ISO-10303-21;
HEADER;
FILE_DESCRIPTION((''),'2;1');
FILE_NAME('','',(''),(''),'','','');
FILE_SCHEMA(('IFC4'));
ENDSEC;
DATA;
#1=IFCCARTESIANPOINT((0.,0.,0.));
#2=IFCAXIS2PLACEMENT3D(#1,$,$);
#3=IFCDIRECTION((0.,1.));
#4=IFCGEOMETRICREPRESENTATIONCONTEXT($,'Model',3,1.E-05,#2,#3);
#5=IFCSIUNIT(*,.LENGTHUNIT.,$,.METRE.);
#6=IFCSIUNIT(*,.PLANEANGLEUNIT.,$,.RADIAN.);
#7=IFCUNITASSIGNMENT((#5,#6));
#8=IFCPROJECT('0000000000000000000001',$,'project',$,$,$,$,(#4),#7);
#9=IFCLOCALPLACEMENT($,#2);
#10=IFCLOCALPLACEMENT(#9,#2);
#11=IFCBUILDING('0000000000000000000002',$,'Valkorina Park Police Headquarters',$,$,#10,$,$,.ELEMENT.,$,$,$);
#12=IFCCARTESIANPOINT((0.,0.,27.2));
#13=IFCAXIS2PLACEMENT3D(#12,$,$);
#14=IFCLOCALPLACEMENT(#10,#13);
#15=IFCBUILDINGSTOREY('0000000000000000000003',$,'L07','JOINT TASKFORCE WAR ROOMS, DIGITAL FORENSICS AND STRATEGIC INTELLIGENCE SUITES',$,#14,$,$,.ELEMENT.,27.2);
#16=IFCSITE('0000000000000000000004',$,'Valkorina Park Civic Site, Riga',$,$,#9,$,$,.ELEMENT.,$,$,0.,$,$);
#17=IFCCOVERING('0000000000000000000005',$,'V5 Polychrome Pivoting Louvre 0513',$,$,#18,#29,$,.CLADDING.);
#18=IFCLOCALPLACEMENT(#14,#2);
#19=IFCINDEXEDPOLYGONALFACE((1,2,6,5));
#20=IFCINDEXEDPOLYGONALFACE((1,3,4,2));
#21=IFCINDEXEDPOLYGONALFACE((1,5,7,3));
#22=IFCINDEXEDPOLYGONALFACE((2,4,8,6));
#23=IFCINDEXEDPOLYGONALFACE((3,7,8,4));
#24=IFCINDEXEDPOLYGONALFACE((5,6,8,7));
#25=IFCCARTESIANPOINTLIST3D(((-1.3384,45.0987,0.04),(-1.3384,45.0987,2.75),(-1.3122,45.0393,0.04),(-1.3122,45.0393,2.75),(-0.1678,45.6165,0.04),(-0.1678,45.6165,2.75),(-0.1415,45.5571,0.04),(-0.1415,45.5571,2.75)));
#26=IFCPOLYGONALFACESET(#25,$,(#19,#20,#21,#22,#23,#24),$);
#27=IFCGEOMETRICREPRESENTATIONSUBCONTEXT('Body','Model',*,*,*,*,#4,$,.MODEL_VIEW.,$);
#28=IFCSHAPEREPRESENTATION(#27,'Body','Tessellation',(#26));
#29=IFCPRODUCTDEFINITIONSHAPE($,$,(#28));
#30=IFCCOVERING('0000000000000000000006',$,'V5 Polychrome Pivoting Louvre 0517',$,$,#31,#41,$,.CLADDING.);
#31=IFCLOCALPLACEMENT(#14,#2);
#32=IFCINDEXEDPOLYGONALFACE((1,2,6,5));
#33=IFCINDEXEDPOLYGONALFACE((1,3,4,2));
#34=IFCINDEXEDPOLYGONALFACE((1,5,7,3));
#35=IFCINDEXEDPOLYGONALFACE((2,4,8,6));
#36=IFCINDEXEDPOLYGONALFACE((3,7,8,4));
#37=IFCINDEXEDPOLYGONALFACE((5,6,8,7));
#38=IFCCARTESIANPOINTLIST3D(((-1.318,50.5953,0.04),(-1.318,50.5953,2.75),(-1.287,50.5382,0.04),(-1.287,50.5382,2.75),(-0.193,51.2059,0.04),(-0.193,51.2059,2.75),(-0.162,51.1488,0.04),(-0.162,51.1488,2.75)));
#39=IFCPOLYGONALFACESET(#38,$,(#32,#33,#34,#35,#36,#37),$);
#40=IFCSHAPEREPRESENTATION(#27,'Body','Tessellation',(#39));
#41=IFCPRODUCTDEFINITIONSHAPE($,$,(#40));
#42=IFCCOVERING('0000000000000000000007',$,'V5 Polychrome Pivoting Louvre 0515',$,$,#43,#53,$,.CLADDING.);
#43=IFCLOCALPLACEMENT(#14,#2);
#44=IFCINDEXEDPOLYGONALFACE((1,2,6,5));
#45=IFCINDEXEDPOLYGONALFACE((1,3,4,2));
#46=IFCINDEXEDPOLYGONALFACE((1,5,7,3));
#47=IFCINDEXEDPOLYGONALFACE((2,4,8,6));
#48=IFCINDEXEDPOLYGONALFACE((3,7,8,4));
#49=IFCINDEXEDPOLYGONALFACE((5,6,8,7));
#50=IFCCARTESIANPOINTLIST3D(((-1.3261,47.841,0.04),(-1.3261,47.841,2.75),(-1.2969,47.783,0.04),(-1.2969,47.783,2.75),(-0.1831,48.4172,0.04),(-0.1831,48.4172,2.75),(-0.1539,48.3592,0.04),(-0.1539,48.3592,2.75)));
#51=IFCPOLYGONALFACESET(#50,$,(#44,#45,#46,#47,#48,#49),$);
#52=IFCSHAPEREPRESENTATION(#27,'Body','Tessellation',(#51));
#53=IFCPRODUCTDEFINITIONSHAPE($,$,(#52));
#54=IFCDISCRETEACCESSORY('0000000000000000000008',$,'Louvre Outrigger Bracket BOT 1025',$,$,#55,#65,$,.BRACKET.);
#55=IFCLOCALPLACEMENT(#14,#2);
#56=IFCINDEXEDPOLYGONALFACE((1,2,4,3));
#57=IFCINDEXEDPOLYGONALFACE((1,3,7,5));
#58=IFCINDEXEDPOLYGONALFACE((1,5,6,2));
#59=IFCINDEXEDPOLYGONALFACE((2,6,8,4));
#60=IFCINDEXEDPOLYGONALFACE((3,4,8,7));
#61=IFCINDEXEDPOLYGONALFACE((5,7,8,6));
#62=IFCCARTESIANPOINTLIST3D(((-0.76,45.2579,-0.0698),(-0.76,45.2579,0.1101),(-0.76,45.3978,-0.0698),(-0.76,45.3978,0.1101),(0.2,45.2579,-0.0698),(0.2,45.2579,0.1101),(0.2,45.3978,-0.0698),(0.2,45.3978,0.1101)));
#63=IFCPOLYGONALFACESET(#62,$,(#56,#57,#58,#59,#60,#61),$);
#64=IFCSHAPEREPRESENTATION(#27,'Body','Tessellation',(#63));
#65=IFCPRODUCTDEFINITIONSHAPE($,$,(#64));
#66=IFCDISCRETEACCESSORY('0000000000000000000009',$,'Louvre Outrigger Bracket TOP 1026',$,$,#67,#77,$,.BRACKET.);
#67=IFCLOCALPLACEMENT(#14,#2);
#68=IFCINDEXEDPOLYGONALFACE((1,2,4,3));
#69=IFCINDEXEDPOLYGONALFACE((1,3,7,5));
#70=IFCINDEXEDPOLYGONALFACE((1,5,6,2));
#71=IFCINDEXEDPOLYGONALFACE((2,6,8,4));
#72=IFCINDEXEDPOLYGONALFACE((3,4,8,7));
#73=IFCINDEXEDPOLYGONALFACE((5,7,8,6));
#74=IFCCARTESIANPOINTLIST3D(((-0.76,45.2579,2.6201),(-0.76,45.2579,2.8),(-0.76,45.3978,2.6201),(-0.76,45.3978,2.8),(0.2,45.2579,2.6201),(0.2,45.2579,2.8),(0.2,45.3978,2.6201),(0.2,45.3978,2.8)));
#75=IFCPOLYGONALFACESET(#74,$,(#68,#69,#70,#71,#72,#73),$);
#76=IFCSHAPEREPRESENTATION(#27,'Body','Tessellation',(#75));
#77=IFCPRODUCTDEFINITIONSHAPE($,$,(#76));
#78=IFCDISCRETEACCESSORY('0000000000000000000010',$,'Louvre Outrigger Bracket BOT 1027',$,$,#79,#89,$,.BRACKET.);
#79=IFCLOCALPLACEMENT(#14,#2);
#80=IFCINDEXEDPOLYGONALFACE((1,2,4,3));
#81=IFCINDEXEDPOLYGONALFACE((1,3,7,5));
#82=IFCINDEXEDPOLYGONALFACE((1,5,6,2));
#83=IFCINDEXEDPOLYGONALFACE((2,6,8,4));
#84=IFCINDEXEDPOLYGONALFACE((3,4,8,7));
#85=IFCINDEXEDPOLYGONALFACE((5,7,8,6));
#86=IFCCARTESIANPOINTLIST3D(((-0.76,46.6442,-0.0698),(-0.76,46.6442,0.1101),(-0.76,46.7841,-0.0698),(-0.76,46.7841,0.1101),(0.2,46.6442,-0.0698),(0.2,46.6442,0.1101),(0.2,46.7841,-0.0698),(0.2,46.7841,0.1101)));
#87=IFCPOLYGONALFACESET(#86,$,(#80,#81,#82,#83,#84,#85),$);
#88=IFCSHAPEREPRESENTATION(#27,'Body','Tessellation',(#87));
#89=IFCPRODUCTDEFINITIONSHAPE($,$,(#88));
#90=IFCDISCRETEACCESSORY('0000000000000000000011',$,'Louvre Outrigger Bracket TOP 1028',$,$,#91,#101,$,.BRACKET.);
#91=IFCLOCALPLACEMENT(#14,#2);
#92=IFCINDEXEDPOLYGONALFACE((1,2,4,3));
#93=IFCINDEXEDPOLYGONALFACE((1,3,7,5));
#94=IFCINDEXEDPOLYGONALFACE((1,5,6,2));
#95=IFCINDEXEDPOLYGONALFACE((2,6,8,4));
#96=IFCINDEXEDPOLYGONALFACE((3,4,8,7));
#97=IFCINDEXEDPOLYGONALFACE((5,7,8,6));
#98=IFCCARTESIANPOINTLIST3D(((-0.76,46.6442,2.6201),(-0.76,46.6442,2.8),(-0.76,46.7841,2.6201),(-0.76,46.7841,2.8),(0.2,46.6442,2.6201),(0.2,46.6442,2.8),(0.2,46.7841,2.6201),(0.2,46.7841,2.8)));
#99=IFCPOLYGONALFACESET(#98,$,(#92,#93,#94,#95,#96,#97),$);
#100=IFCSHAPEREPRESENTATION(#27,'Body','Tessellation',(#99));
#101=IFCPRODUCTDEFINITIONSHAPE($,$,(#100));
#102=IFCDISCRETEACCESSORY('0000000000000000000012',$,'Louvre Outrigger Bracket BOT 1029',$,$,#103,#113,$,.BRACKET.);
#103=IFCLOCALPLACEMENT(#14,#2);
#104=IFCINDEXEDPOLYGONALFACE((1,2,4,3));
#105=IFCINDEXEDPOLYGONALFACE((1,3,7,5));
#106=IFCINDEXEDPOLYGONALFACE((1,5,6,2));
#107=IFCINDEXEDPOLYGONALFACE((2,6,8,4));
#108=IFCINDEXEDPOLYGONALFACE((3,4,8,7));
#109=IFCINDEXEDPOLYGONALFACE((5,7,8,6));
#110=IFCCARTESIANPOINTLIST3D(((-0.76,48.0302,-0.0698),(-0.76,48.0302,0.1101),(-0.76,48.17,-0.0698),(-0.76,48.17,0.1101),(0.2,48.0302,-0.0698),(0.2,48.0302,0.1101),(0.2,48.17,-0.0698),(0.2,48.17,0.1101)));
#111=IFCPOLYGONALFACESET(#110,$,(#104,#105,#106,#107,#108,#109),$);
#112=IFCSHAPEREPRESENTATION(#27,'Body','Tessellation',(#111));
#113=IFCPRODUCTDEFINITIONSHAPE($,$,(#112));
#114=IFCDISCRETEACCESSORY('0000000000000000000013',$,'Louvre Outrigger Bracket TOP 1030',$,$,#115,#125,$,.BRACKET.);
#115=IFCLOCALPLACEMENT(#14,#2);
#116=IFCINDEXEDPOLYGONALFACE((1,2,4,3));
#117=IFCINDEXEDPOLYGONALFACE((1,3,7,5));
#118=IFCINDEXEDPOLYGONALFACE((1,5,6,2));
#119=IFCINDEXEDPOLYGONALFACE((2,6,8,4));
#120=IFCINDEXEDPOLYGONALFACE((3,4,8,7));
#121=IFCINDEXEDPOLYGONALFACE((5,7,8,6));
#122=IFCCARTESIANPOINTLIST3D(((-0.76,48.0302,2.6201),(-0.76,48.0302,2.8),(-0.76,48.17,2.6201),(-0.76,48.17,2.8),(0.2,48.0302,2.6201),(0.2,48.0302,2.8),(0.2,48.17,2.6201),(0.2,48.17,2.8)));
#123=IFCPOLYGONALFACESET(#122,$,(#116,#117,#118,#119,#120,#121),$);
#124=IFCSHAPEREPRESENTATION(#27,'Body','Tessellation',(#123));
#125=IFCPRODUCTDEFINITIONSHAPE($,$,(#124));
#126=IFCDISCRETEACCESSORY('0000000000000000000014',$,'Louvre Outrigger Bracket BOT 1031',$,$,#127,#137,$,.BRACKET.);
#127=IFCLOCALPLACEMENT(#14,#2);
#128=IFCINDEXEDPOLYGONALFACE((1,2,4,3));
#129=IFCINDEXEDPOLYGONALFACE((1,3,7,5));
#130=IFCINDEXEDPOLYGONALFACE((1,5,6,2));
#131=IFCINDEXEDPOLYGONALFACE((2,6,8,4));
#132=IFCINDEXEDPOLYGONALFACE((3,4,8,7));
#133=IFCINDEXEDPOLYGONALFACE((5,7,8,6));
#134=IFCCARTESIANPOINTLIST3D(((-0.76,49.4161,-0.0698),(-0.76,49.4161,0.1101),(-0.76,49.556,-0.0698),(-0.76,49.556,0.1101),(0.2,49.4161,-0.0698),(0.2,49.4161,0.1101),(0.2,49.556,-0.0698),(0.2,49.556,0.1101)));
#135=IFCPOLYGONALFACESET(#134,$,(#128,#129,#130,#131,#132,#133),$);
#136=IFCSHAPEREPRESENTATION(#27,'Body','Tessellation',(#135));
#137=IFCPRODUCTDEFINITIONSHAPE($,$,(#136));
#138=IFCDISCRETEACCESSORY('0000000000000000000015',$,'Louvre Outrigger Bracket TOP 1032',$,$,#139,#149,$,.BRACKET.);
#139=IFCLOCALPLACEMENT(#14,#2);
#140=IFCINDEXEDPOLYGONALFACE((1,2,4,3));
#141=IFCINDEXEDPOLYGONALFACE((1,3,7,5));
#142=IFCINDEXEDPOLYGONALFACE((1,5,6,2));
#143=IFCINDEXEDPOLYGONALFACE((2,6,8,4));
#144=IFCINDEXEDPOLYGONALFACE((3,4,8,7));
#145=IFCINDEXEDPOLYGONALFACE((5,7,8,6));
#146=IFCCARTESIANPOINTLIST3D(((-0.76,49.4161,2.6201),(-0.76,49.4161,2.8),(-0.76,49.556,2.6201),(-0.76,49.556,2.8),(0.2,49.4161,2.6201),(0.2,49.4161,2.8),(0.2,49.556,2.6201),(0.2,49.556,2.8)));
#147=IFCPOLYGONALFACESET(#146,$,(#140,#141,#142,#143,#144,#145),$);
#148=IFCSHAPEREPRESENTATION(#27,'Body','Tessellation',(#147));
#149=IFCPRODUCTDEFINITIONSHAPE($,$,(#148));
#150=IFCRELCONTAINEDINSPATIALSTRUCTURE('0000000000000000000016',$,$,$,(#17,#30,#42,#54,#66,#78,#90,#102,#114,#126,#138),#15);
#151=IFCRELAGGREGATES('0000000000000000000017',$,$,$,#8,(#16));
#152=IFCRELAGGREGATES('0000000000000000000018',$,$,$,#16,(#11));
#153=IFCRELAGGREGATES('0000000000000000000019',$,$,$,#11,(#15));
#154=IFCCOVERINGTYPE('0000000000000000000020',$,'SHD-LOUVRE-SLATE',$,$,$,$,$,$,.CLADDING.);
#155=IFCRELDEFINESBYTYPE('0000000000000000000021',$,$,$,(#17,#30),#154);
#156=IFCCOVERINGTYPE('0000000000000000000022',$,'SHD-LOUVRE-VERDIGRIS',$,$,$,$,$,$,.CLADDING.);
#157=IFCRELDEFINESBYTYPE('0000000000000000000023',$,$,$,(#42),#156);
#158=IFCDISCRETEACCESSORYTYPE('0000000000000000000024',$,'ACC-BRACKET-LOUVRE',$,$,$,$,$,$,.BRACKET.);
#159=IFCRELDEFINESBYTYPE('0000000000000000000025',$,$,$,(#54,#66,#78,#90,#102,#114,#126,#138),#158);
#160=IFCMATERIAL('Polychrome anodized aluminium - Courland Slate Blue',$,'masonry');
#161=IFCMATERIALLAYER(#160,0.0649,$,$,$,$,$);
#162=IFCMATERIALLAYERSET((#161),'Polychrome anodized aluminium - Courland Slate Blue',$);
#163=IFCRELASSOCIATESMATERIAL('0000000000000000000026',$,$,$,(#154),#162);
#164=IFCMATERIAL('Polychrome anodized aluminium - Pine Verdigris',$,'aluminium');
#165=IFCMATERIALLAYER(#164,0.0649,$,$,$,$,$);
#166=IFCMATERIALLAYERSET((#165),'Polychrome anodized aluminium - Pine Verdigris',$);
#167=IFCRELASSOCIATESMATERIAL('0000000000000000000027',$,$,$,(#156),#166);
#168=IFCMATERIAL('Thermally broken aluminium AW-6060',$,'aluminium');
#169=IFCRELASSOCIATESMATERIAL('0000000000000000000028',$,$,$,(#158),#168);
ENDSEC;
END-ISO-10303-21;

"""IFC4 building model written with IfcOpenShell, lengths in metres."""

from ifc_helpers import new_model, si_unit, direction, frame, origin, origin_2d, place, context, subcontext, project, spatial, rectangle, extrude, material, layer, layer_set, type_object, element, save


model = new_model("IFC4")

# Units and contexts
model_context = context("Model", 3, precision=1e-05, world=origin(), true_north=direction((0.0, 1.0)))
body_context = subcontext(model_context, "Body", "Model", "MODEL_VIEW")
ifc_project = project(units=[si_unit("LENGTHUNIT", "METRE"), si_unit("PLANEANGLEUNIT", "RADIAN")], contexts=[model_context])

# Site, building, storey
site_placement = place(None, origin())
site = spatial("IfcSite", under=ifc_project, at=site_placement, Name="Valkorina Park Civic Site, Riga", CompositionType="ELEMENT", RefElevation=0.0)
building_placement = place(site_placement, origin())
building = spatial("IfcBuilding", under=site, at=building_placement, Name="Valkorina Park Police Headquarters", CompositionType="ELEMENT")
storey_placement = place(building_placement, frame((0.0, 0.0, 27.2)))
storey = spatial("IfcBuildingStorey", under=building, at=storey_placement, Name="L07", Description="JOINT TASKFORCE WAR ROOMS, DIGITAL FORENSICS AND STRATEGIC INTELLIGENCE SUITES", CompositionType="ELEMENT", Elevation=27.2)

# Shared definitions
ifc_material_1 = material(Name="Thermally broken aluminium AW-6060", Category="aluminium")

# Coverings
ifc_material_2 = material(Name="Polychrome anodized aluminium - Courland Slate Blue", Category="masonry")
ifc_layer_1 = layer(ifc_material_2, 0.0649)
ifc_layer_set_1 = layer_set([ifc_layer_1], Name="Polychrome anodized aluminium - Courland Slate Blue")
covering_type_1 = type_object("IfcCoveringType", Name="SHD-LOUVRE-SLATE", PredefinedType="CLADDING", material=ifc_layer_set_1)
for number, where, z_axis, x_axis, name in (
    (1, (-0.74, 45.3279, 0.04), (0.0, 0.0, 1.0), (-0.914537, -0.404503, 0.0), "V5 Polychrome Pivoting Louvre 0513"),
    (2, (-0.74, 50.8721, 0.04), (0.0, 0.0, 1.0), (-0.8789, -0.477005, 0.0), "V5 Polychrome Pivoting Louvre 0517"),
):
    element("IfcCovering", number, at=place(storey_placement, frame(where, z_axis=z_axis, x_axis=x_axis)), inside=storey, type_object=covering_type_1, Name=name, PredefinedType="CLADDING", context=body_context, shape_type="SweptSolid", body=[
        extrude(rectangle(XDim=1.28, YDim=0.0649, at=origin_2d()), origin(), (0.0, 0.0, 1.0), 2.71),
    ])
ifc_material_3 = material(Name="Polychrome anodized aluminium - Pine Verdigris", Category="aluminium")
ifc_layer_2 = layer(ifc_material_3, 0.0649)
ifc_layer_set_2 = layer_set([ifc_layer_2], Name="Polychrome anodized aluminium - Pine Verdigris")
covering_type_2 = type_object("IfcCoveringType", Name="SHD-LOUVRE-VERDIGRIS", PredefinedType="CLADDING", material=ifc_layer_set_2)
covering_1_placement = place(storey_placement, frame((-0.74, 48.1001, 0.04), z_axis=(0.0, 0.0, 1.0), x_axis=(-0.892979, -0.450098, 0.0)))
element("IfcCovering", 3, at=covering_1_placement, inside=storey, type_object=covering_type_2, Name="V5 Polychrome Pivoting Louvre 0515", PredefinedType="CLADDING", context=body_context, shape_type="SweptSolid", body=[
    extrude(rectangle(XDim=1.28, YDim=0.0649, at=origin_2d()), origin(), (0.0, 0.0, 1.0), 2.71),
])

# Discrete accessories
discrete_accessory_type = type_object("IfcDiscreteAccessoryType", Name="ACC-BRACKET-LOUVRE", PredefinedType="BRACKET", material=ifc_material_1)
for number, where, z_axis, x_axis, name in (
    (4, (-0.28, 45.3279, -0.0698), (0.0, 0.0, 1.0), (-1.0, 0.0, 0.0), "Louvre Outrigger Bracket BOT 1025"),
    (5, (-0.28, 45.3279, 2.6201), (0.0, 0.0, 1.0), (-1.0, 0.0, 0.0), "Louvre Outrigger Bracket TOP 1026"),
    (6, (-0.28, 46.7141, -0.0698), (0.0, 0.0, 1.0), (-1.0, 0.0, 0.0), "Louvre Outrigger Bracket BOT 1027"),
    (7, (-0.28, 46.7141, 2.6201), (0.0, 0.0, 1.0), (-1.0, 0.0, 0.0), "Louvre Outrigger Bracket TOP 1028"),
    (8, (-0.28, 48.1001, -0.0698), (0.0, 0.0, 1.0), (-1.0, 0.0, 0.0), "Louvre Outrigger Bracket BOT 1029"),
    (9, (-0.28, 48.1001, 2.6201), (0.0, 0.0, 1.0), (-1.0, 0.0, 0.0), "Louvre Outrigger Bracket TOP 1030"),
    (10, (-0.28, 49.4861, -0.0698), (0.0, 0.0, 1.0), (-1.0, 0.0, 0.0), "Louvre Outrigger Bracket BOT 1031"),
    (11, (-0.28, 49.4861, 2.6201), (0.0, 0.0, 1.0), (-1.0, 0.0, 0.0), "Louvre Outrigger Bracket TOP 1032"),
):
    element("IfcDiscreteAccessory", number, at=place(storey_placement, frame(where, z_axis=z_axis, x_axis=x_axis)), inside=storey, type_object=discrete_accessory_type, Name=name, PredefinedType="BRACKET", context=body_context, shape_type="SweptSolid", body=[
        extrude(rectangle(XDim=0.96, YDim=0.1399, at=origin_2d()), origin(), (0.0, 0.0, 1.0), 0.1799),
    ])

save(model, "model.ifc")
